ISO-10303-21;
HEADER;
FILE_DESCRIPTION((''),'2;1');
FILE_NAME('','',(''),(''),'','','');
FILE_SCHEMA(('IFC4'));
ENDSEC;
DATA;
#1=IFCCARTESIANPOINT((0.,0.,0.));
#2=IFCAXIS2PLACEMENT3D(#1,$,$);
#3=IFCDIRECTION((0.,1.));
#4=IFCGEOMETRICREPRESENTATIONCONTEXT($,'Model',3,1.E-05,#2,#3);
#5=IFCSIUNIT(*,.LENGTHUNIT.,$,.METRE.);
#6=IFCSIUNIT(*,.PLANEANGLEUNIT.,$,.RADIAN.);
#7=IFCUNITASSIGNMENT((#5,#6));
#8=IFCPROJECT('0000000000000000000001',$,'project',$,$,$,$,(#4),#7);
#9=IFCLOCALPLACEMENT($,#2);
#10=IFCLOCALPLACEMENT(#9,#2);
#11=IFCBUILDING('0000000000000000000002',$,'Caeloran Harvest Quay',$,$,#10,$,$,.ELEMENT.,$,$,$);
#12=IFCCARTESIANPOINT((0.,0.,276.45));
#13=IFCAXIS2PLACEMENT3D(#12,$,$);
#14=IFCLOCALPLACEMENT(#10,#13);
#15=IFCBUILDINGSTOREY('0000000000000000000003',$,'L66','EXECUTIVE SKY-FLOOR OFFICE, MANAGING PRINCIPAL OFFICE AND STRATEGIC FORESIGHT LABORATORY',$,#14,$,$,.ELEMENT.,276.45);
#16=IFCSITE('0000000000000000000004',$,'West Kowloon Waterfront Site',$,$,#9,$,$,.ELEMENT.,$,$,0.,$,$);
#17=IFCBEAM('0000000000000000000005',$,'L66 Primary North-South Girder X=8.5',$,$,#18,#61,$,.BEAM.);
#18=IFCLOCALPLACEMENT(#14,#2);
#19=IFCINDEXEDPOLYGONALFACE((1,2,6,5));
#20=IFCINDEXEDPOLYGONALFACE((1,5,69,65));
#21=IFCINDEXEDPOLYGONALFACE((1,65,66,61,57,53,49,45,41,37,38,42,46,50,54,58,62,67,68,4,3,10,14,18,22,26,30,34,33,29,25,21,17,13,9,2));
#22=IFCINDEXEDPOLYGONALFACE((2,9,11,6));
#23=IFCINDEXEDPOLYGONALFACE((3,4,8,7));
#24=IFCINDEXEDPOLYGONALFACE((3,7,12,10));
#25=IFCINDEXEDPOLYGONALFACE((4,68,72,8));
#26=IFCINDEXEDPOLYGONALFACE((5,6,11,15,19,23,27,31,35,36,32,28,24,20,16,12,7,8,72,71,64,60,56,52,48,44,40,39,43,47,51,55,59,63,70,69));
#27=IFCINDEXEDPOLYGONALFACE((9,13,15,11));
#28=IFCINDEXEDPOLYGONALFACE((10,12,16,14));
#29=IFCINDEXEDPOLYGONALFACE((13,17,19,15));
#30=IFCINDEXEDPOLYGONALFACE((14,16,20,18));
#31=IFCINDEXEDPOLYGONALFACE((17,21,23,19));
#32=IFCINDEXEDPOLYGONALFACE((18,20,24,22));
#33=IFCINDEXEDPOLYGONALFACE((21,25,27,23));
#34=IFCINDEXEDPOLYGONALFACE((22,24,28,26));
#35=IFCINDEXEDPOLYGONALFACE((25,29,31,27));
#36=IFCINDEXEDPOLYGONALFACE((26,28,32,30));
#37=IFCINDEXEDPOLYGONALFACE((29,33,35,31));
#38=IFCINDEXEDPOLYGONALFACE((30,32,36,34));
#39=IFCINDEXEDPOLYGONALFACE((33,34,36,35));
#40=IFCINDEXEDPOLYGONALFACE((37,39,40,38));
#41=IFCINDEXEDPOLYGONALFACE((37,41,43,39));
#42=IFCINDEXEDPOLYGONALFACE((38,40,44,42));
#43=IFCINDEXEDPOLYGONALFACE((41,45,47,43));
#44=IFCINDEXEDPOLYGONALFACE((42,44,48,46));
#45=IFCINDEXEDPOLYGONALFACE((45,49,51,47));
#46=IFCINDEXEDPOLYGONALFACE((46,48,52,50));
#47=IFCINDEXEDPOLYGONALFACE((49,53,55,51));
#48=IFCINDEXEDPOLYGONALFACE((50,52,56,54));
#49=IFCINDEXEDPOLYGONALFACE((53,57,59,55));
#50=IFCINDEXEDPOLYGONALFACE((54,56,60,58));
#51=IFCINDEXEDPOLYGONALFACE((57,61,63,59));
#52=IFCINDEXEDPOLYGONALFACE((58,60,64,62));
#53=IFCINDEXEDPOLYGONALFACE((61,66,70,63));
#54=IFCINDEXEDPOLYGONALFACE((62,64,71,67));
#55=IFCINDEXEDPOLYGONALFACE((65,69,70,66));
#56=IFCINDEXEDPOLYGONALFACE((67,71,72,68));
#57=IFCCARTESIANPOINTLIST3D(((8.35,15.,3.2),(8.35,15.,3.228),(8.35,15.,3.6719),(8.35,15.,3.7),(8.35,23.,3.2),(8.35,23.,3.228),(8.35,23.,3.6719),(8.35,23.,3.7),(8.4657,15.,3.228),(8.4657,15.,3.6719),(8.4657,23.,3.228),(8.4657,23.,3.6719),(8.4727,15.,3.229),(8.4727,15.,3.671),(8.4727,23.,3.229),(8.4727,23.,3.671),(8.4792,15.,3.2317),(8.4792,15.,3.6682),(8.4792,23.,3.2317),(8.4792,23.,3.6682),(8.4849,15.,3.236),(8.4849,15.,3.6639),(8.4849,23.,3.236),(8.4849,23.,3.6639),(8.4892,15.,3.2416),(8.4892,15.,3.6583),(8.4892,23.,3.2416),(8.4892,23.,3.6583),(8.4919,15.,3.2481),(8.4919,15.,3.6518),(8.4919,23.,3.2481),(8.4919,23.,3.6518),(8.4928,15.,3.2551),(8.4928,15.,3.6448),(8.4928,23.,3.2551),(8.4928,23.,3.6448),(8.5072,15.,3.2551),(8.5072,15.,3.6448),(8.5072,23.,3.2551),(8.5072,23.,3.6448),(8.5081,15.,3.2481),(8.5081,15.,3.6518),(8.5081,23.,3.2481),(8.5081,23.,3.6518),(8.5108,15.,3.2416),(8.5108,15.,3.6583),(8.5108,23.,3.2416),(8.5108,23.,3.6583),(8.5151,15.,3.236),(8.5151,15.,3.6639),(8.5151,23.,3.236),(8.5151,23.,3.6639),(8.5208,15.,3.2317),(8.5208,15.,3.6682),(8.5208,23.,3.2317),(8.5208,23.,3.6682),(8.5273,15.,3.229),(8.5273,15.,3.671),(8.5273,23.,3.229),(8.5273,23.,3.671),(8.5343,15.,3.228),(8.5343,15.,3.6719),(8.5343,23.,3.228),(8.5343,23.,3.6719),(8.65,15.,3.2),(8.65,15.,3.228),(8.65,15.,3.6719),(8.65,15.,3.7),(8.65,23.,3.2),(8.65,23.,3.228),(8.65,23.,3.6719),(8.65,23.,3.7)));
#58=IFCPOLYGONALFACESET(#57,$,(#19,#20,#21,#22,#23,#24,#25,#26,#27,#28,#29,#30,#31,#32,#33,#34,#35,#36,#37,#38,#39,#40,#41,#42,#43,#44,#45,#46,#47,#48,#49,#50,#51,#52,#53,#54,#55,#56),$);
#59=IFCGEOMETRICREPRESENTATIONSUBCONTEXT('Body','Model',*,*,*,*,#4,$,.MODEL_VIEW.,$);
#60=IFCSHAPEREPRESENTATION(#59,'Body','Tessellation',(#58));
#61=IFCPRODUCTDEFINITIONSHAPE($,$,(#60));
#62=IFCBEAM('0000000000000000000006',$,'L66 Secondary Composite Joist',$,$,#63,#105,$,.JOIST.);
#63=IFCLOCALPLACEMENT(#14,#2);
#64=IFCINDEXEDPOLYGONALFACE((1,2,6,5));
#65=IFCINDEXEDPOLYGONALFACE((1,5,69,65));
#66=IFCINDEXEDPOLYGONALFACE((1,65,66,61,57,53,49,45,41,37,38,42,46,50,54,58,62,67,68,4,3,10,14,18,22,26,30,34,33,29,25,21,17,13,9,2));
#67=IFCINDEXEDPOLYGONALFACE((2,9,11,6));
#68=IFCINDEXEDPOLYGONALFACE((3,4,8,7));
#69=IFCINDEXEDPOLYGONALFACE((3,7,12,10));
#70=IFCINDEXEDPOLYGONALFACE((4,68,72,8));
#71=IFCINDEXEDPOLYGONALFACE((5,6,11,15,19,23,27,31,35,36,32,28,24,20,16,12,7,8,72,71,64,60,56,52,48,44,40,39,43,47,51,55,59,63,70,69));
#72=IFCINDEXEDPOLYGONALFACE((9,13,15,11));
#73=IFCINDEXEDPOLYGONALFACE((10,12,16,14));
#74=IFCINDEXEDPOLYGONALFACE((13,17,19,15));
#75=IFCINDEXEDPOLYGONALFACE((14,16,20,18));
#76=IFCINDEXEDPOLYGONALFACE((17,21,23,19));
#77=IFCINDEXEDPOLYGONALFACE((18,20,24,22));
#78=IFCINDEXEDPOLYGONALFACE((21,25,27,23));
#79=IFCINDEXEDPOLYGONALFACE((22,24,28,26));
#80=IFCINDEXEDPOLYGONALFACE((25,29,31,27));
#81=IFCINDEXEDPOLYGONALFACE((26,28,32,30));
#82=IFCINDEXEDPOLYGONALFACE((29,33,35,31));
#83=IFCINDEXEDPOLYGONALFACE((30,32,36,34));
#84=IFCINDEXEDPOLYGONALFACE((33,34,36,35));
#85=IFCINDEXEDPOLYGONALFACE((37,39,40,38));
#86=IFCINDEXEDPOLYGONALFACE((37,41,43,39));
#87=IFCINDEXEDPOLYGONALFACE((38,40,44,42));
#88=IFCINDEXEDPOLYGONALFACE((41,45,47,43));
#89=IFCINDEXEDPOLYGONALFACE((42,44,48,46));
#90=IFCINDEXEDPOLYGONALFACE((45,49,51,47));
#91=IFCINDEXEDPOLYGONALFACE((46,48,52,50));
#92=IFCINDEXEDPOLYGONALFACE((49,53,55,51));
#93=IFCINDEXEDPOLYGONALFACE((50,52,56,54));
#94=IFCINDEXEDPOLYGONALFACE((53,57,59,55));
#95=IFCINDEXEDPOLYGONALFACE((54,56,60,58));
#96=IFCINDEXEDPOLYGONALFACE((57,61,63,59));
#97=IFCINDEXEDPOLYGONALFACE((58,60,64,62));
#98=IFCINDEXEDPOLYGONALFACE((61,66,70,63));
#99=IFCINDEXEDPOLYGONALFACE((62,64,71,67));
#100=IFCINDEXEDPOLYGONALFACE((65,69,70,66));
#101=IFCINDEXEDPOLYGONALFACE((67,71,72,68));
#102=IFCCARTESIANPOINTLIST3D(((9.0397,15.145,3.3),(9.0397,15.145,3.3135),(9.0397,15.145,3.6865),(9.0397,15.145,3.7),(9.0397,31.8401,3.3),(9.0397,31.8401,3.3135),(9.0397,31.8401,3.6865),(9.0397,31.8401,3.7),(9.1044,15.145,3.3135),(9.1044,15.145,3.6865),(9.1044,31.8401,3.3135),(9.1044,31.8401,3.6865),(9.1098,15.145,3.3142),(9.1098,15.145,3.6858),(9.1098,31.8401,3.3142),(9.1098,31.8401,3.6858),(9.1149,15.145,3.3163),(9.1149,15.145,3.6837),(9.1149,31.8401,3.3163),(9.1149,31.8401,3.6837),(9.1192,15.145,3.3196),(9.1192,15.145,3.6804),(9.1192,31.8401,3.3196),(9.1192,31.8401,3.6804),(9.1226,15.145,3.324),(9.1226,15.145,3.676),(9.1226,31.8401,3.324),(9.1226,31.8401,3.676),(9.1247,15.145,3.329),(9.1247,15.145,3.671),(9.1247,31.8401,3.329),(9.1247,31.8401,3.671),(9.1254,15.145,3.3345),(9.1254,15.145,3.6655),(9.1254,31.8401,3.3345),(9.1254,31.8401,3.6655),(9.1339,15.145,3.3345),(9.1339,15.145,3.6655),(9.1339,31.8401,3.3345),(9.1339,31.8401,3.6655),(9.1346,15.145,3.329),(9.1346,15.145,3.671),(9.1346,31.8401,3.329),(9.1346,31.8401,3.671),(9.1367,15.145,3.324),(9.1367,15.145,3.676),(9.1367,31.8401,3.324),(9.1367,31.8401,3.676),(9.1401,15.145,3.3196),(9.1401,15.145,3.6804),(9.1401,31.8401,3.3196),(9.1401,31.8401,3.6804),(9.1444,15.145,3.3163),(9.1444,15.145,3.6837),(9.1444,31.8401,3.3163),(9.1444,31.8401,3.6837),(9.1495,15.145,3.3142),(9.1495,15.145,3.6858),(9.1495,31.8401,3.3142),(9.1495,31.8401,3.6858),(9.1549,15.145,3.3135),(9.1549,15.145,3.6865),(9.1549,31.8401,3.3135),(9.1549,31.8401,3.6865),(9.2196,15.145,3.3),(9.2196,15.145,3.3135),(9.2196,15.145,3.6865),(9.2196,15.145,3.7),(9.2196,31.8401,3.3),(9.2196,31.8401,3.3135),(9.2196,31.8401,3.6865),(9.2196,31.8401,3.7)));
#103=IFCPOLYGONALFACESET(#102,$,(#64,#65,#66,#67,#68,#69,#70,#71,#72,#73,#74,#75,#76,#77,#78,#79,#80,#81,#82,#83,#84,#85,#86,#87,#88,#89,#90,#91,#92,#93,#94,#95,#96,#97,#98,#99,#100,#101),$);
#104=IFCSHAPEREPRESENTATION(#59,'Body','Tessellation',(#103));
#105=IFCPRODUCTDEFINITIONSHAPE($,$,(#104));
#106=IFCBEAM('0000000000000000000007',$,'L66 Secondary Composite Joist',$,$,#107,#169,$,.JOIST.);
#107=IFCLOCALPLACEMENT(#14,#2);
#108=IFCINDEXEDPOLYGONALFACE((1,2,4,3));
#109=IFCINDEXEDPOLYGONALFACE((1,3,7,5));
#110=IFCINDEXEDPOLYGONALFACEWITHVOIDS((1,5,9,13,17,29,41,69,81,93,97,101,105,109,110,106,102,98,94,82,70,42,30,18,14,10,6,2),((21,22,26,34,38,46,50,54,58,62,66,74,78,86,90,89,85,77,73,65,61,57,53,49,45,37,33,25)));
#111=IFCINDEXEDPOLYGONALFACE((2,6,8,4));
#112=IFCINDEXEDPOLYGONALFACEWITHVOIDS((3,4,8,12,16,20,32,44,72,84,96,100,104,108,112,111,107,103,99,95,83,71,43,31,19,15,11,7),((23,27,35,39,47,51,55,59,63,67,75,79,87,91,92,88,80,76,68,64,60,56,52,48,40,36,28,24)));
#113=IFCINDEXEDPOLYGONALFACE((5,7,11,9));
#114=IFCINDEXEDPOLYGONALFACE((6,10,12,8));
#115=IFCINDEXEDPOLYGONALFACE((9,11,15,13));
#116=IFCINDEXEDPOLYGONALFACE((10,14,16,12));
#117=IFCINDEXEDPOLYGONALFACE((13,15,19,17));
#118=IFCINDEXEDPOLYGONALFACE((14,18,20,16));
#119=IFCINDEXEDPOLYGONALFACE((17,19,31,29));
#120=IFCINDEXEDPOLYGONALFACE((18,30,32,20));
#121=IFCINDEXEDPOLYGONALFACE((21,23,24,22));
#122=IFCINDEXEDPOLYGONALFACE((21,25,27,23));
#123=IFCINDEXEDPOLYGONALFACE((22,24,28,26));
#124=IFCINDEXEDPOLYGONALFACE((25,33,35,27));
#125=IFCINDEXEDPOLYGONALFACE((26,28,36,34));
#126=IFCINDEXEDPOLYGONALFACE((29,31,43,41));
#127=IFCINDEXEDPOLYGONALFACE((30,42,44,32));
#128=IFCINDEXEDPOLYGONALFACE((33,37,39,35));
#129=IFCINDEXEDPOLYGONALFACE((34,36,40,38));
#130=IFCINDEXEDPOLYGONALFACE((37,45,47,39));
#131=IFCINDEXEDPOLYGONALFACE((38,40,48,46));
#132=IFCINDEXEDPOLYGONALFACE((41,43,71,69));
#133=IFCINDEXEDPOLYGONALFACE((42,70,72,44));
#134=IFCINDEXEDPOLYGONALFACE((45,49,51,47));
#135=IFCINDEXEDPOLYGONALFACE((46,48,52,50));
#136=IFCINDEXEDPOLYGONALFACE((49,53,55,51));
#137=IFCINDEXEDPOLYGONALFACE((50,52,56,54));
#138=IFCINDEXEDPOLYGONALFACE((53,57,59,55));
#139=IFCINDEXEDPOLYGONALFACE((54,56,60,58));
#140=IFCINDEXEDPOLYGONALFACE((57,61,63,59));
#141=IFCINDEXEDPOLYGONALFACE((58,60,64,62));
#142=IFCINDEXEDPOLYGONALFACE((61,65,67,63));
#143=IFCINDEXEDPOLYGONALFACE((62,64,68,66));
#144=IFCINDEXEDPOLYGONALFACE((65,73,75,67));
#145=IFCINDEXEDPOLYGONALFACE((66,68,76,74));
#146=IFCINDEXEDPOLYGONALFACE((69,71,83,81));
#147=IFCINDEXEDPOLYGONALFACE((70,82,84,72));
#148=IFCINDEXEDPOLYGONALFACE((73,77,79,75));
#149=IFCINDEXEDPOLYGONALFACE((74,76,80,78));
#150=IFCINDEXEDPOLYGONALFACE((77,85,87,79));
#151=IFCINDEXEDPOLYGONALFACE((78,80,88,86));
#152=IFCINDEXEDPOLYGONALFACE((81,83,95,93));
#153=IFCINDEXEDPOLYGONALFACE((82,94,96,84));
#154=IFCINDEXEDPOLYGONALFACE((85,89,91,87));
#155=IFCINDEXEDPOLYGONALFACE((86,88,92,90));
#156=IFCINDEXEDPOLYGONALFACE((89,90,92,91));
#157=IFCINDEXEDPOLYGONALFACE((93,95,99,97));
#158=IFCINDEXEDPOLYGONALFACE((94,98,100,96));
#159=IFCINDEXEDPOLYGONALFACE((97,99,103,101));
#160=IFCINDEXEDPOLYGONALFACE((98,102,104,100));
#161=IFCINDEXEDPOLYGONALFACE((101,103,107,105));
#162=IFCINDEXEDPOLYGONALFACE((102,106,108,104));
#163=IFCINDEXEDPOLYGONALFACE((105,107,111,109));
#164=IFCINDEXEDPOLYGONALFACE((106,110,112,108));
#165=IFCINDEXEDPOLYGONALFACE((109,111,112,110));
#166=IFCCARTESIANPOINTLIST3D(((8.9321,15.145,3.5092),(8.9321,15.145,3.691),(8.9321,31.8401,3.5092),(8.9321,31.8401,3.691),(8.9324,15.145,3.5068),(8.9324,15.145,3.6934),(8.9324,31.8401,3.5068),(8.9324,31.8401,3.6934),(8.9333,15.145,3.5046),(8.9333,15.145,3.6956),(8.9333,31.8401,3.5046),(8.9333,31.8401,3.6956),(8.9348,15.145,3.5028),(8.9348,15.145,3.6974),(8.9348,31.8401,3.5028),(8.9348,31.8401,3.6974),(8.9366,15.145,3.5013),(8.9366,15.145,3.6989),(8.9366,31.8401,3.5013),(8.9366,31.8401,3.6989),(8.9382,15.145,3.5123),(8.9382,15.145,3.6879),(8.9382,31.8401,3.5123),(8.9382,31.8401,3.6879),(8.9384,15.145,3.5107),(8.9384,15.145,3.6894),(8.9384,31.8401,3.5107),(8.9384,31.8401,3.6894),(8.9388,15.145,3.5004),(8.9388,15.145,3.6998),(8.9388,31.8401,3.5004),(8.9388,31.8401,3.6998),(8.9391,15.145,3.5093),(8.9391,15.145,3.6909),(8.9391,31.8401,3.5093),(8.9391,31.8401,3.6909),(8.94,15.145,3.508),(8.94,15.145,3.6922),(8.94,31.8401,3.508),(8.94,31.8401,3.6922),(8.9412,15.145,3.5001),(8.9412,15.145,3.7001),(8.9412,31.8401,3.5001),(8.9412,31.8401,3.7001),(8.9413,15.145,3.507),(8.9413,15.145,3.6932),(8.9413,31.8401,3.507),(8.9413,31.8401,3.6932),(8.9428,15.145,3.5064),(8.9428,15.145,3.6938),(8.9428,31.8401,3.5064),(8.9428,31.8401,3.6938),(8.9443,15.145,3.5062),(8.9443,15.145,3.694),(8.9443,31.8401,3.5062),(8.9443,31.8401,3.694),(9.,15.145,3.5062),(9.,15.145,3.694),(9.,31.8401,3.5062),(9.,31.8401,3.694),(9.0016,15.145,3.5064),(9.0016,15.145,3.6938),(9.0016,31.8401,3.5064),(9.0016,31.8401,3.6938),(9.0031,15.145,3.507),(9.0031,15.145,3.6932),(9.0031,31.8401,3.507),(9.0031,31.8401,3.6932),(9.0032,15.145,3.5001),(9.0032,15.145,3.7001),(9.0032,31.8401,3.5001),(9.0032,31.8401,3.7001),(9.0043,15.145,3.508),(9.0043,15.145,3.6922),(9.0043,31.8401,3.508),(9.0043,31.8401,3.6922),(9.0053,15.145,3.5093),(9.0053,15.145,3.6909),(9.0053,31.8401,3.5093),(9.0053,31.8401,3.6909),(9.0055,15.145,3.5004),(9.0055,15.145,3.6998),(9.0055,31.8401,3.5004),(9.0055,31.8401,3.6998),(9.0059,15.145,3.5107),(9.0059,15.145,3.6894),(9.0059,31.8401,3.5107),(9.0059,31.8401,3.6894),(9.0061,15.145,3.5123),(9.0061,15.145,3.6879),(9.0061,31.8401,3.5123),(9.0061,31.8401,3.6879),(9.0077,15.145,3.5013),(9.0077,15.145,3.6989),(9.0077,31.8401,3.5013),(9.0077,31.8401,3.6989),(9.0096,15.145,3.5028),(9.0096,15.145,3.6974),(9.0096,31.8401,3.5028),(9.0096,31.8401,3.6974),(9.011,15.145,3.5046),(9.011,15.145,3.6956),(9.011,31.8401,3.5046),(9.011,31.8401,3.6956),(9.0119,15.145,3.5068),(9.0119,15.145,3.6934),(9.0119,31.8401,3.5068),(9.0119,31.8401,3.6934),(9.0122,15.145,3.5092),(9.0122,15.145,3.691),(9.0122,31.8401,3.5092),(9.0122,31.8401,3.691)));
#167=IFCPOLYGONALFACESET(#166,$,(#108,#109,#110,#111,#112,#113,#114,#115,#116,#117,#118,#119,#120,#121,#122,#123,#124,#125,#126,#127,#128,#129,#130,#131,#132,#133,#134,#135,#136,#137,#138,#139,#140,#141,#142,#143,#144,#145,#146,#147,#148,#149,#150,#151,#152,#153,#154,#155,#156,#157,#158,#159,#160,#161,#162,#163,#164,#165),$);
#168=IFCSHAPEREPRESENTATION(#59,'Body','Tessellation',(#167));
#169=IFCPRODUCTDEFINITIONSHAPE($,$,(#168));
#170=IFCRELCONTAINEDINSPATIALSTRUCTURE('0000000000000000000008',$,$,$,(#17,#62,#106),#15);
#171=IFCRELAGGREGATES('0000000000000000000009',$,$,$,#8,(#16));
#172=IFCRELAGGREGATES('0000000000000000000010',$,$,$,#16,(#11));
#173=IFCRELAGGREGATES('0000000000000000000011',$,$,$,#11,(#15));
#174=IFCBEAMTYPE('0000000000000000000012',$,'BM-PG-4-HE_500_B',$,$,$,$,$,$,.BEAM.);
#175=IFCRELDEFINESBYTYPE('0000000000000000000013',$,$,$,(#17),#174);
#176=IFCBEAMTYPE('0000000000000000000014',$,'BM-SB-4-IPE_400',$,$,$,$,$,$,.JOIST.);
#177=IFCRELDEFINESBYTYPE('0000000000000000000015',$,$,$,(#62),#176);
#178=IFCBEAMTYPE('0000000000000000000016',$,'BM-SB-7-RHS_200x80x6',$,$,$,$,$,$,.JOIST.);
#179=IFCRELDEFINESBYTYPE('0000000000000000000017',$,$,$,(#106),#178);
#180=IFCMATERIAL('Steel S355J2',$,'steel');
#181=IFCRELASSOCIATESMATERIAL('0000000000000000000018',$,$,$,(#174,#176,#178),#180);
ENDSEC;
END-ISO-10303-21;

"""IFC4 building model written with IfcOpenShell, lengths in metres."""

from ifc_helpers import new_model, si_unit, direction, frame, origin, origin_2d, place, context, subcontext, project, spatial, hollow_rectangle, i_section, extrude, material, material_profile, profile_set, type_object, element, save


model = new_model("IFC4")

# Units and contexts
model_context = context("Model", 3, precision=1e-05, world=origin(), true_north=direction((0.0, 1.0)))
body_context = subcontext(model_context, "Body", "Model", "MODEL_VIEW")
ifc_project = project(units=[si_unit("LENGTHUNIT", "METRE"), si_unit("PLANEANGLEUNIT", "RADIAN")], contexts=[model_context])

# Site, building, storey
site_placement = place(None, origin())
site = spatial("IfcSite", under=ifc_project, at=site_placement, Name="West Kowloon Waterfront Site", CompositionType="ELEMENT", RefElevation=0.0)
building_placement = place(site_placement, origin())
building = spatial("IfcBuilding", under=site, at=building_placement, Name="Caeloran Harvest Quay", CompositionType="ELEMENT")
storey_placement = place(building_placement, frame((0.0, 0.0, 276.45)))
storey = spatial("IfcBuildingStorey", under=building, at=storey_placement, Name="L66", Description="EXECUTIVE SKY-FLOOR OFFICE, MANAGING PRINCIPAL OFFICE AND STRATEGIC FORESIGHT LABORATORY", CompositionType="ELEMENT", Elevation=276.45)

# Beams
ifc_material_1 = material(Name="Steel S355J2", Category="steel")
ifc_material_profile_1 = material_profile(ifc_material_1, i_section(OverallWidth=0.3, OverallDepth=0.5, WebThickness=0.0144, FlangeThickness=0.0281, FilletRadius=0.0271, at=origin_2d()), Name="HE 500 B")
ifc_profile_set_1 = profile_set([ifc_material_profile_1], Name="Steel S355J2")
beam_type_1 = type_object("IfcBeamType", Name="BM-PG-4-HE_500_B", PredefinedType="BEAM", material=ifc_profile_set_1)
beam_1_placement = place(storey_placement, frame((8.5, 15.0, 3.45), z_axis=(0.0, 1.0, 0.0), x_axis=(-1.0, 0.0, 0.0)))
element("IfcBeam", 1, at=beam_1_placement, inside=storey, type_object=beam_type_1, Name="L66 Primary North-South Girder X=8.5", PredefinedType="BEAM", context=body_context, shape_type="SweptSolid", body=[
    extrude(i_section(OverallWidth=0.3, OverallDepth=0.5, WebThickness=0.0144, FlangeThickness=0.0281, FilletRadius=0.0271, at=origin_2d()), origin(), (0.0, 0.0, 1.0), 8.0),
])
ifc_material_profile_2 = material_profile(ifc_material_1, i_section(OverallWidth=0.1799, OverallDepth=0.3999, WebThickness=0.0085, FlangeThickness=0.0134, FilletRadius=0.021, at=origin_2d()), Name="IPE 400")
ifc_profile_set_2 = profile_set([ifc_material_profile_2], Name="Steel S355J2")
beam_type_2 = type_object("IfcBeamType", Name="BM-SB-4-IPE_400", PredefinedType="JOIST", material=ifc_profile_set_2)
beam_2_placement = place(storey_placement, frame((9.1296, 15.145, 3.5), z_axis=(0.0, 1.0, 0.0), x_axis=(-1.0, 0.0, 0.0)))
element("IfcBeam", 2, at=beam_2_placement, inside=storey, type_object=beam_type_2, Name="L66 Secondary Composite Joist", PredefinedType="JOIST", context=body_context, shape_type="SweptSolid", body=[
    extrude(i_section(OverallWidth=0.1799, OverallDepth=0.3999, WebThickness=0.0085, FlangeThickness=0.0134, FilletRadius=0.021, at=origin_2d()), origin(), (0.0, 0.0, 1.0), 16.6951),
])
ifc_material_profile_3 = material_profile(ifc_material_1, hollow_rectangle(XDim=0.0801, YDim=0.2, WallThickness=0.0061, InnerFilletRadius=0.0061, OuterFilletRadius=0.009, at=origin_2d()), Name="RHS 200x80x6")
ifc_profile_set_3 = profile_set([ifc_material_profile_3], Name="Steel S355J2")
beam_type_3 = type_object("IfcBeamType", Name="BM-SB-7-RHS_200x80x6", PredefinedType="JOIST", material=ifc_profile_set_3)
for number, where, z_axis, x_axis, name in (
    (3, (8.9722, 15.145, 3.6001), (0.0, 1.0, 0.0), (-1.0, 0.0, 0.0), "L66 Secondary Composite Joist"),
):
    element("IfcBeam", number, at=place(storey_placement, frame(where, z_axis=z_axis, x_axis=x_axis)), inside=storey, type_object=beam_type_3, Name=name, PredefinedType="JOIST", context=body_context, shape_type="SweptSolid", body=[
        extrude(hollow_rectangle(XDim=0.0801, YDim=0.2, WallThickness=0.0061, InnerFilletRadius=0.0061, OuterFilletRadius=0.009, at=origin_2d()), origin(), (0.0, 0.0, 1.0), 16.6951),
    ])

save(model, "model.ifc")
